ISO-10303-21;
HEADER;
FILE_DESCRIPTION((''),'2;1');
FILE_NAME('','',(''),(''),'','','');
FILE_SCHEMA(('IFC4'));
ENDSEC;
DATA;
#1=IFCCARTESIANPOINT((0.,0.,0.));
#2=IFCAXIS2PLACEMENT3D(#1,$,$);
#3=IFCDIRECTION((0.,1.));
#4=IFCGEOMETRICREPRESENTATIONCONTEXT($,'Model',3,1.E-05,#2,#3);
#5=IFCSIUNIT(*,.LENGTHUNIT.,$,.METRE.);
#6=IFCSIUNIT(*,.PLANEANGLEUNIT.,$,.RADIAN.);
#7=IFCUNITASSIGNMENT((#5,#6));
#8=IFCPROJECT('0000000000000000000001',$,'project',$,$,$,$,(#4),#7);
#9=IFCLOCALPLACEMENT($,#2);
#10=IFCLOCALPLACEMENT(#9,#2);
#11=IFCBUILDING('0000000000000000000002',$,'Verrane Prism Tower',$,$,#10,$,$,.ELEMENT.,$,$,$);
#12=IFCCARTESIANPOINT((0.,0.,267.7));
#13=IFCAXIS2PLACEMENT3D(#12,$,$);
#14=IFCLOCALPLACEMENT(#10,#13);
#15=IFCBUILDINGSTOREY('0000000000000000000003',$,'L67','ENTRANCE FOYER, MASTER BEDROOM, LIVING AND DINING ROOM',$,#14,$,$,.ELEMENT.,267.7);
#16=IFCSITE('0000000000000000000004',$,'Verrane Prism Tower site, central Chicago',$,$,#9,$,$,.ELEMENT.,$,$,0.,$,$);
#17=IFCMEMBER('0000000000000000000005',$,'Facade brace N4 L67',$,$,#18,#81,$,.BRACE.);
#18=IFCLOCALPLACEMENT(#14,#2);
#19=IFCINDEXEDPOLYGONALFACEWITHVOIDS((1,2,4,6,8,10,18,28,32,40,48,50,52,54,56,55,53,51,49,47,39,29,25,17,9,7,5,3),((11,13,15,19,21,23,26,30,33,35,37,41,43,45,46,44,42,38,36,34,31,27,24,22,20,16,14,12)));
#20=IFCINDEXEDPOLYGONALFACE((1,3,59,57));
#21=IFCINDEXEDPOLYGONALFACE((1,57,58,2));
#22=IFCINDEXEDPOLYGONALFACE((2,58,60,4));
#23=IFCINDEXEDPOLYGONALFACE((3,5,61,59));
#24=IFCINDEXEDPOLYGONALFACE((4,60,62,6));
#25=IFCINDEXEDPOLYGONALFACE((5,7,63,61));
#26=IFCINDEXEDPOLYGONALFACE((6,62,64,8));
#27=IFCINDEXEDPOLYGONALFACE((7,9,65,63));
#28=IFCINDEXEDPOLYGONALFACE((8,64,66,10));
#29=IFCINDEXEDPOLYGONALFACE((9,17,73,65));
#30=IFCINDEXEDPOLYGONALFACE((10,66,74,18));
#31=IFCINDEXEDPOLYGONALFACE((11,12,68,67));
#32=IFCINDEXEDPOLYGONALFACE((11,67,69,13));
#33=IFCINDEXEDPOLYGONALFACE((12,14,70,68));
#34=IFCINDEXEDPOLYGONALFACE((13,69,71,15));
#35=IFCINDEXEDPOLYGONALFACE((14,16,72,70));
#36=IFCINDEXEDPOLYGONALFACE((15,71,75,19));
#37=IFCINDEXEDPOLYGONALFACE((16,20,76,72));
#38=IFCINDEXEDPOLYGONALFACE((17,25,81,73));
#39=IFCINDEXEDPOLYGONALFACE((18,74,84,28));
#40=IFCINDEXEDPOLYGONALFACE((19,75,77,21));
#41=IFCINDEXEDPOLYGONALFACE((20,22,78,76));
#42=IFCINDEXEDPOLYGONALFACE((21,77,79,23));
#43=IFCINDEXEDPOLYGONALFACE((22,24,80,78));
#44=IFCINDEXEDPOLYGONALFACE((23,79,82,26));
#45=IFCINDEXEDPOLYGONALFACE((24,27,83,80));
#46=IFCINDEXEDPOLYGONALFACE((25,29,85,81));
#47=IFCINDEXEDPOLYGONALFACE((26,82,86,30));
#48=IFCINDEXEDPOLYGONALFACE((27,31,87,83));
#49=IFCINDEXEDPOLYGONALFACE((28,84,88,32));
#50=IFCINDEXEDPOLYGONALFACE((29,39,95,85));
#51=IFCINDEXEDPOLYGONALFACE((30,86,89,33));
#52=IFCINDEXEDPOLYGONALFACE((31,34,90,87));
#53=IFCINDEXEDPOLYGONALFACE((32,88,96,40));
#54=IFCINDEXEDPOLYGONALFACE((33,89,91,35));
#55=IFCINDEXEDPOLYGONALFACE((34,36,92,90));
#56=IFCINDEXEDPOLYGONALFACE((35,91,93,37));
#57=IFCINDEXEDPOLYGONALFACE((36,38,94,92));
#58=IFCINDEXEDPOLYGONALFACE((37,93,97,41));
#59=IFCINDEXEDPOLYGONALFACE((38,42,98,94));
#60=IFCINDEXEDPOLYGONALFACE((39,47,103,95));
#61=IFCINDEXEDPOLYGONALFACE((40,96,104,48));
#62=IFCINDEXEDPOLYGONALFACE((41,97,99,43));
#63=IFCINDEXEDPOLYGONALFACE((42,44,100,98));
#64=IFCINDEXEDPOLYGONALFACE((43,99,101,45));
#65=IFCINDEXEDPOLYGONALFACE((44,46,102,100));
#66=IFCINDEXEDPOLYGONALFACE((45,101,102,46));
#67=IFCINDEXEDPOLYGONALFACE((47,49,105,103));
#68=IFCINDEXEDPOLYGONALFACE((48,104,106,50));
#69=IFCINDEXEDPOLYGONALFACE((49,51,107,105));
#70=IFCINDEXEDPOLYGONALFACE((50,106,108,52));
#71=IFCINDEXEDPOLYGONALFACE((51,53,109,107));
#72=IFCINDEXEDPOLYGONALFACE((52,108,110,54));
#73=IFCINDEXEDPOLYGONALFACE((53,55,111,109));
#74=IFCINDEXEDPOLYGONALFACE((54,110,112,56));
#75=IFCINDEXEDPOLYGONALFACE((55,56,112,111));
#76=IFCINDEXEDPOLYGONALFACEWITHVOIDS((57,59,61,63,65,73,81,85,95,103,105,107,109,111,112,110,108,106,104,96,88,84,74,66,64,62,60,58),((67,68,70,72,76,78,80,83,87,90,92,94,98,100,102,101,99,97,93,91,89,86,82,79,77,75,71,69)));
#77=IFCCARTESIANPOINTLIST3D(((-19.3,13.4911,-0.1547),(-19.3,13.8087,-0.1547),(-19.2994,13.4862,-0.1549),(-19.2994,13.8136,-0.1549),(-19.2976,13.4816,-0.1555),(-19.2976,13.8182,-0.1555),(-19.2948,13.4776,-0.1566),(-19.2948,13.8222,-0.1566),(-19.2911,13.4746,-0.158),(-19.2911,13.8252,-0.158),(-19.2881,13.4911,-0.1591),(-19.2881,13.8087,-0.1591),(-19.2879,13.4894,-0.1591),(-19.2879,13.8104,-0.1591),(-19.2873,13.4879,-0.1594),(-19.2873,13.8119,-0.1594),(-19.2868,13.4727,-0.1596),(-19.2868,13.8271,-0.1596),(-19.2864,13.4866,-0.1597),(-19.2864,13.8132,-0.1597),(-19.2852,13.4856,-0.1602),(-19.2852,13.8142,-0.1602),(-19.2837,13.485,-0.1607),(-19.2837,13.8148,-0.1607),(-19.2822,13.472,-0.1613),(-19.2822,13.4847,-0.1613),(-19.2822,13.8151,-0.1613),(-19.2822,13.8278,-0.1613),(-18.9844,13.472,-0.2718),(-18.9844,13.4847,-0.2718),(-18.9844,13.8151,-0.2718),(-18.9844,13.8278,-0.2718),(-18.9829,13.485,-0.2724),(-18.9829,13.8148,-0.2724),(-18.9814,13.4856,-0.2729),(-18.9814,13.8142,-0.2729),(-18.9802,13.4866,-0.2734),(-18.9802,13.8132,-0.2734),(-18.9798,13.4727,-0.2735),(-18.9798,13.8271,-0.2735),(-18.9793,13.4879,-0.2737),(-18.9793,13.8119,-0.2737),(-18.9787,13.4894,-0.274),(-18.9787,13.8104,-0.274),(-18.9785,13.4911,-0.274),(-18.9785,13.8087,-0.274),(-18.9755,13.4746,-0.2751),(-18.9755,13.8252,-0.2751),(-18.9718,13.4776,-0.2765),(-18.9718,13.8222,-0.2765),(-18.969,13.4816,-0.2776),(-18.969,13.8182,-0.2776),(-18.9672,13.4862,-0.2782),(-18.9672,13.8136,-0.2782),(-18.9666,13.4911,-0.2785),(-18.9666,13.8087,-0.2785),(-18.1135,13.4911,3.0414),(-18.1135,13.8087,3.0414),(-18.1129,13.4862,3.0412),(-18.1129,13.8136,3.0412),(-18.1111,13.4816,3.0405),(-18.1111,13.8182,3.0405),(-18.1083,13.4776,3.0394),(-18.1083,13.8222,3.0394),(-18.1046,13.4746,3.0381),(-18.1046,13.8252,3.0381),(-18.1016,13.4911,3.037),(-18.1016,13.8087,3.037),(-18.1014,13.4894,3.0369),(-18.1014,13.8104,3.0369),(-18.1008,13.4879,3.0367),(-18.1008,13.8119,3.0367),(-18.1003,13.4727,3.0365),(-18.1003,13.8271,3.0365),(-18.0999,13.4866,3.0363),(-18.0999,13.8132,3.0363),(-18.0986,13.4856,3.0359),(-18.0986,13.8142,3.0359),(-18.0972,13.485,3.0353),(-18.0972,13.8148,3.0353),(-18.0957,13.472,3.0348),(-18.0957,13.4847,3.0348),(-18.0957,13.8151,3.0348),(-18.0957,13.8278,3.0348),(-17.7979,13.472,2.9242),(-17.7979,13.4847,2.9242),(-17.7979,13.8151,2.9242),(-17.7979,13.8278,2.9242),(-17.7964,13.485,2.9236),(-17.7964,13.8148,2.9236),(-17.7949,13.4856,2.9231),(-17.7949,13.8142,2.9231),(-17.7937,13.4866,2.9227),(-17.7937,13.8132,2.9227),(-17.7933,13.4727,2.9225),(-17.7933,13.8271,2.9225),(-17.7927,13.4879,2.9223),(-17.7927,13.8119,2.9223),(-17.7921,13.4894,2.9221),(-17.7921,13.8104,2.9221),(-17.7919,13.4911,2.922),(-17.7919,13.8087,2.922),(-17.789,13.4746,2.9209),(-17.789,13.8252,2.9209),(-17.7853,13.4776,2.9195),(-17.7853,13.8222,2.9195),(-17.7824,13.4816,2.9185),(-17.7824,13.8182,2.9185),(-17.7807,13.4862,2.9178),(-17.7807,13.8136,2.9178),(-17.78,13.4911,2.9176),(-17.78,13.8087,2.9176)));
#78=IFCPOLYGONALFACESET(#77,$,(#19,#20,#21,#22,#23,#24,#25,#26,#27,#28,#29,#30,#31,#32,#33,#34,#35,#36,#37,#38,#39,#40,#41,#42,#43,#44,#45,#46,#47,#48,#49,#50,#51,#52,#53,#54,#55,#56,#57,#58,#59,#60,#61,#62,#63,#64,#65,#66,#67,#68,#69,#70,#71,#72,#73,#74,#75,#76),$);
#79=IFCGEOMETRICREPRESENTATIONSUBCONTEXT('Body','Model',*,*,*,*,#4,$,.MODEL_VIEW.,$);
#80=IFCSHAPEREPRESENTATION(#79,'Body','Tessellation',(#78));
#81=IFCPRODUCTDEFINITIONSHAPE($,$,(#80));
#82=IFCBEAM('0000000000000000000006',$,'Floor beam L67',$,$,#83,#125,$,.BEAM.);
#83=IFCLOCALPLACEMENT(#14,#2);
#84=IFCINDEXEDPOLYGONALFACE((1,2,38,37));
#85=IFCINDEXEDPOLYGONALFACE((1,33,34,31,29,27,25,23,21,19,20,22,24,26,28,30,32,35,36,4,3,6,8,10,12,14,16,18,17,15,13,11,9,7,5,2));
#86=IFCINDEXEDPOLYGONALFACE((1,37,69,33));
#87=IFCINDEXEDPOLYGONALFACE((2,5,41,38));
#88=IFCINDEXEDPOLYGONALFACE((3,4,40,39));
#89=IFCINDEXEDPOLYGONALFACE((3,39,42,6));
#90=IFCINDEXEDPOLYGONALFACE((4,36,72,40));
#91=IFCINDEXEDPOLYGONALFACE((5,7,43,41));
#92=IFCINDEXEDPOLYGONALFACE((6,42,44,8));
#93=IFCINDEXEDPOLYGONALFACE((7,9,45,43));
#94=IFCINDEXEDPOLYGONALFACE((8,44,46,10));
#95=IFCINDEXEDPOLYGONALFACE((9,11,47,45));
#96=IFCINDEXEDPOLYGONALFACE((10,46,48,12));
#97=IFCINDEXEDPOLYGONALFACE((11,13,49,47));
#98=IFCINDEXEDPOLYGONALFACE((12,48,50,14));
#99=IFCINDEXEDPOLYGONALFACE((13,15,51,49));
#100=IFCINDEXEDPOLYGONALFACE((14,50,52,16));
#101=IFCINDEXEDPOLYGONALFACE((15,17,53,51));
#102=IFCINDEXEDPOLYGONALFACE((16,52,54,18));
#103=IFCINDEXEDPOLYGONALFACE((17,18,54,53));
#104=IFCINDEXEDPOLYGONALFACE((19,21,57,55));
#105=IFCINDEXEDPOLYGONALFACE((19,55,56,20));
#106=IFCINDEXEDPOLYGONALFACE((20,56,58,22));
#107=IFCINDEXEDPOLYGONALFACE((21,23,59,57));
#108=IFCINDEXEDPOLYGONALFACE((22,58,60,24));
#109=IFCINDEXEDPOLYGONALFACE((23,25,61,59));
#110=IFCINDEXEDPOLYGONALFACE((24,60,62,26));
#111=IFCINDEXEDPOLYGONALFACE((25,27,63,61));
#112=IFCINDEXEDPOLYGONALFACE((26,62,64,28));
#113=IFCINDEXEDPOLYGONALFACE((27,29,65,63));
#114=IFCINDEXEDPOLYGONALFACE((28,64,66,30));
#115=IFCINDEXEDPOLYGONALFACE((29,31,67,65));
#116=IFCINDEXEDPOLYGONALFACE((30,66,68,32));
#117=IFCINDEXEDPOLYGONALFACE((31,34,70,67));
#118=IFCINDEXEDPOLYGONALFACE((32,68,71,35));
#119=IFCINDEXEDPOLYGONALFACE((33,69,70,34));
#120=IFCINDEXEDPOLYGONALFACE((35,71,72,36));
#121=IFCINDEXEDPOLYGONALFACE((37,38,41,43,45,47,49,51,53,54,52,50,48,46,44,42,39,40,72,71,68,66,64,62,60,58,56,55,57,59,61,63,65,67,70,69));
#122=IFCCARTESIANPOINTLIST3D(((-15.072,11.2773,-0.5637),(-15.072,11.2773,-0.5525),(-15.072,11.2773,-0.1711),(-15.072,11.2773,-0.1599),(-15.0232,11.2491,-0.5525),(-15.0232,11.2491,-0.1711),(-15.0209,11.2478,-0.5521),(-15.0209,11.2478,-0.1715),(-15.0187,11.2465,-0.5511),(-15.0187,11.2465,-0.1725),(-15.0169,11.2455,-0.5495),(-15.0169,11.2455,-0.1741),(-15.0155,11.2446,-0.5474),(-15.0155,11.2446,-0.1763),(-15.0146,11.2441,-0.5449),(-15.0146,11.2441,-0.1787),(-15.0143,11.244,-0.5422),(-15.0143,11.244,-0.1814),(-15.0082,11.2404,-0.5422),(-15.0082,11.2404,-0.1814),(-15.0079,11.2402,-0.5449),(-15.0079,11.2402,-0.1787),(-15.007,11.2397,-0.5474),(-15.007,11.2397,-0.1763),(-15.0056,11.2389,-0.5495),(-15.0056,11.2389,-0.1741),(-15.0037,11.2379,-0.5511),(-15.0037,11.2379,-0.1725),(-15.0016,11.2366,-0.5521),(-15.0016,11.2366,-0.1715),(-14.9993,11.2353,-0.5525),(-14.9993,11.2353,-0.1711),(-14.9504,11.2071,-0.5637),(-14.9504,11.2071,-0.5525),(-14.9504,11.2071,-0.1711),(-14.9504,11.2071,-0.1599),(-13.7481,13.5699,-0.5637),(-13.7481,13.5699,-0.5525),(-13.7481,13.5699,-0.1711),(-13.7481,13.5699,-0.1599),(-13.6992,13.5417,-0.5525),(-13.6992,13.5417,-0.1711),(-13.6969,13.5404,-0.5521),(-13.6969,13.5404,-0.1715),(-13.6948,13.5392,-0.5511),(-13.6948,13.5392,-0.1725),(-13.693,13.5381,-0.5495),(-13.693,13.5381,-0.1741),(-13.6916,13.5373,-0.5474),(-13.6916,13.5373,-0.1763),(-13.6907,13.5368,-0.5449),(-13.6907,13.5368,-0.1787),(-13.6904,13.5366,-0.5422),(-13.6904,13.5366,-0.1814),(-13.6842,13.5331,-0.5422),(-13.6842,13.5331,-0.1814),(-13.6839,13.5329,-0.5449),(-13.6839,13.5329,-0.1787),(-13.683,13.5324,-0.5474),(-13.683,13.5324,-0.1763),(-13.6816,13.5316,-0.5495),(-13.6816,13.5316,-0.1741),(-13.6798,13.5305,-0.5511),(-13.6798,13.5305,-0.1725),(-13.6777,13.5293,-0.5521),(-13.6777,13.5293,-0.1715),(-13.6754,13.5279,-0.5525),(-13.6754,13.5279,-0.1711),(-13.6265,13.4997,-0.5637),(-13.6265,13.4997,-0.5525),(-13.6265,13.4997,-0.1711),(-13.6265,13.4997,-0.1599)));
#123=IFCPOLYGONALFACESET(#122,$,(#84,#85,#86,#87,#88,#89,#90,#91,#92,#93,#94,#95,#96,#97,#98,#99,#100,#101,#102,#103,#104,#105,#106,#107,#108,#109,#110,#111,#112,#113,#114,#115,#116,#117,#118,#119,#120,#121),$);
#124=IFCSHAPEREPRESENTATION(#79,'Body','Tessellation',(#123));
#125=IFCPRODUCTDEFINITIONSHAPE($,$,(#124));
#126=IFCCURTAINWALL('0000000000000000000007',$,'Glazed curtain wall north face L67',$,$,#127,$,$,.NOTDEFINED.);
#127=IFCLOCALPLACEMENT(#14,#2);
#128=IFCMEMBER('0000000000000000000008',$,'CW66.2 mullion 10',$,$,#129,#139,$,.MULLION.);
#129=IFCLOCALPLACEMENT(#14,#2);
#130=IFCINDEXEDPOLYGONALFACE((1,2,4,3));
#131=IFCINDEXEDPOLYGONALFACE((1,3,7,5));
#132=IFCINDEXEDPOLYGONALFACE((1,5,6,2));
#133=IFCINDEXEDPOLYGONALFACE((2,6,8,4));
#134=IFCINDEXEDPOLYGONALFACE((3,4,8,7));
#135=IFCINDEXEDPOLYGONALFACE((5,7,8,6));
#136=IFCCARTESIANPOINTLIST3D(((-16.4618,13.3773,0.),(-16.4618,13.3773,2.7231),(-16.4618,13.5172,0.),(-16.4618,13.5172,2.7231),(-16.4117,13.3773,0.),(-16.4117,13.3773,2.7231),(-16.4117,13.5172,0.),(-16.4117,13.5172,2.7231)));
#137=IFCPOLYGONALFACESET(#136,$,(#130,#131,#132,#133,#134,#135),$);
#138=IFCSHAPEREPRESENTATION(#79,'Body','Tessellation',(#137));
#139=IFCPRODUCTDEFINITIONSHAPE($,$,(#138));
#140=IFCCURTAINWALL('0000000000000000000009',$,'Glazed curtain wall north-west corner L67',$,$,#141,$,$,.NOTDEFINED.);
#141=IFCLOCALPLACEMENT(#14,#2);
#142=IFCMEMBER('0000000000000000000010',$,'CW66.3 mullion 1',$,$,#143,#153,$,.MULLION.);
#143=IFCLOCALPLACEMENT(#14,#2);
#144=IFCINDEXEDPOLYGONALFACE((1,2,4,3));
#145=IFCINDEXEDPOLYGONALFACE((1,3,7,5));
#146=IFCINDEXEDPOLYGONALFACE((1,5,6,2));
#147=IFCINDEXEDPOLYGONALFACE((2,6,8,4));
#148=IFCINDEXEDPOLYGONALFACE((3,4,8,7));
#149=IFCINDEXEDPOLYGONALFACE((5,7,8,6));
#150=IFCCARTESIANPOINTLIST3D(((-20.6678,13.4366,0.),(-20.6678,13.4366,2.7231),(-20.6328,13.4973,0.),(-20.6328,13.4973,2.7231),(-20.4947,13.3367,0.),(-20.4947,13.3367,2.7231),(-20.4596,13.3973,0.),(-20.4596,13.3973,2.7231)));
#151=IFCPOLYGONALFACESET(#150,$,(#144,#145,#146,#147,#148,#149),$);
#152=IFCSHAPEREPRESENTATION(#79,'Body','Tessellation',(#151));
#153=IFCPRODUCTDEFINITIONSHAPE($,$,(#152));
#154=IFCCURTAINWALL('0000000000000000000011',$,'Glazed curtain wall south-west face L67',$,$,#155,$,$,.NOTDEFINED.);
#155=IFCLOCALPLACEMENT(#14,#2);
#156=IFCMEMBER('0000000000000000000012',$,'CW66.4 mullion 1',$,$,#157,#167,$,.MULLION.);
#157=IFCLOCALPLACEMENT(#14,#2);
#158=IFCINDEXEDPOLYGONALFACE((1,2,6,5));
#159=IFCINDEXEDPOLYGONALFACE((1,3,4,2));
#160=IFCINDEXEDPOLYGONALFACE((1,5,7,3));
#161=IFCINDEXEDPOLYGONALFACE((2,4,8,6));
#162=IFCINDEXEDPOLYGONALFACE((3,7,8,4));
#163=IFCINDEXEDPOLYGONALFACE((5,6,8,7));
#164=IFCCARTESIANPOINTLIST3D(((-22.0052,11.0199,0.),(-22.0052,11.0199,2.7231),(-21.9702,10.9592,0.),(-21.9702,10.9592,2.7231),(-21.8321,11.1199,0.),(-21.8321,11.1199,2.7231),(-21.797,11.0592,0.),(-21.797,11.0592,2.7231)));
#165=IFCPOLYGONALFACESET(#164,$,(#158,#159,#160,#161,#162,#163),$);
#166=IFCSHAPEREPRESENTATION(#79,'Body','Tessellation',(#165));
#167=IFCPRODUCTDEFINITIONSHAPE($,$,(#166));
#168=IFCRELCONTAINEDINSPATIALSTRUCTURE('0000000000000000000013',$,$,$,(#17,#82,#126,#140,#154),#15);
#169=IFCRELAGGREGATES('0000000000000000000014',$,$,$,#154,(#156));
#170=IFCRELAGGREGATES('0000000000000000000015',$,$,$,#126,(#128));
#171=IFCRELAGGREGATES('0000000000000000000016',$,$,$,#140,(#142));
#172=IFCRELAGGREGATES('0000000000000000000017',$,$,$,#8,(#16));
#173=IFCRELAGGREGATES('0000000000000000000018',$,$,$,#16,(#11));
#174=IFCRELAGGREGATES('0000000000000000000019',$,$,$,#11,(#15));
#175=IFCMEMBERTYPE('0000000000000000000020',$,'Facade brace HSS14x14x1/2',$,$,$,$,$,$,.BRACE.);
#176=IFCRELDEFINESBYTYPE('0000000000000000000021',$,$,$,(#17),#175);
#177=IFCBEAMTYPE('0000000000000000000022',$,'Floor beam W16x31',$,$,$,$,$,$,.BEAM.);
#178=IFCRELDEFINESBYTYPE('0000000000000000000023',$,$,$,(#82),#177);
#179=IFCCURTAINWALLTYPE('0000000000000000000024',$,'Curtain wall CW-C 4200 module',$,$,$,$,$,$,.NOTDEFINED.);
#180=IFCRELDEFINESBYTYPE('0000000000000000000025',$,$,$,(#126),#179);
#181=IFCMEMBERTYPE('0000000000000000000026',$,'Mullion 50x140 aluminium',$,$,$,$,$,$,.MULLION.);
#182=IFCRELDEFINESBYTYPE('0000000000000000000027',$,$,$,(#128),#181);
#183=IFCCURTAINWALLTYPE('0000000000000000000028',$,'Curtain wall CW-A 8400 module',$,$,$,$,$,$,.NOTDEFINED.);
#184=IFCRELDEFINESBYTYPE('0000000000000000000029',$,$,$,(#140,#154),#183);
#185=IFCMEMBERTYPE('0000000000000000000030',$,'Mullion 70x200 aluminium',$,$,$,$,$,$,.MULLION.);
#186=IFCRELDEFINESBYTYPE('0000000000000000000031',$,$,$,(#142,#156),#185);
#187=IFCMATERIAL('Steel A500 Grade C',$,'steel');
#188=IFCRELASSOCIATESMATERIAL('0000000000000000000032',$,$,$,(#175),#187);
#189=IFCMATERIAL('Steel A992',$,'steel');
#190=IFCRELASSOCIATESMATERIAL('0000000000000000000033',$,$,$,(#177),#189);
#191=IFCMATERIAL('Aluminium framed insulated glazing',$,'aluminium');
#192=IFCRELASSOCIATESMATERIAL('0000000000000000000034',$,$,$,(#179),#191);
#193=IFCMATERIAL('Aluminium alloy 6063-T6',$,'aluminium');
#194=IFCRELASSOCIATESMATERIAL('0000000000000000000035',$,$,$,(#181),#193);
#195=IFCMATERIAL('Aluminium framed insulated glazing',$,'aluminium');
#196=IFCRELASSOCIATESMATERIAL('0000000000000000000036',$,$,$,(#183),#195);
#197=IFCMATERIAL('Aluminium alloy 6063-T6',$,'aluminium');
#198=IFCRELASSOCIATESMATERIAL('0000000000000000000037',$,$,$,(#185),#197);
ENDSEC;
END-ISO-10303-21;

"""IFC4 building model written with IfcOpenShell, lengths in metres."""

from ifc_helpers import new_model, si_unit, direction, frame, origin, origin_2d, place, context, subcontext, project, spatial, rectangle, hollow_rectangle, i_section, extrude, material, material_profile, profile_set, type_object, element, aggregate, save


model = new_model("IFC4")

# Units and contexts
model_context = context("Model", 3, precision=1e-05, world=origin(), true_north=direction((0.0, 1.0)))
body_context = subcontext(model_context, "Body", "Model", "MODEL_VIEW")
ifc_project = project(units=[si_unit("LENGTHUNIT", "METRE"), si_unit("PLANEANGLEUNIT", "RADIAN")], contexts=[model_context])

# Site, building, storey
site_placement = place(None, origin())
site = spatial("IfcSite", under=ifc_project, at=site_placement, Name="Verrane Prism Tower site, central Chicago", CompositionType="ELEMENT", RefElevation=0.0)
building_placement = place(site_placement, origin())
building = spatial("IfcBuilding", under=site, at=building_placement, Name="Verrane Prism Tower", CompositionType="ELEMENT")
storey_placement = place(building_placement, frame((0.0, 0.0, 267.7)))
storey = spatial("IfcBuildingStorey", under=building, at=storey_placement, Name="L67", Description="ENTRANCE FOYER, MASTER BEDROOM, LIVING AND DINING ROOM", CompositionType="ELEMENT", Elevation=267.7)

# Member
ifc_material_1 = material(Name="Steel A500 Grade C", Category="steel")
ifc_material_profile_1 = material_profile(ifc_material_1, hollow_rectangle(XDim=0.3557, YDim=0.3557, WallThickness=0.0127, InnerFilletRadius=0.0063, OuterFilletRadius=0.019, at=origin_2d()), Name="HSS14x14x1/2")
ifc_profile_set_1 = profile_set([ifc_material_profile_1], Name="Steel A500 Grade C")
member_type_1 = type_object("IfcMemberType", Name="Facade brace HSS14x14x1/2", PredefinedType="BRACE", material=ifc_profile_set_1)
member_1_placement = place(storey_placement, frame((-19.1333, 13.6499, -0.2166), z_axis=(0.348037, 0.0, 0.937481), x_axis=(0.0, 1.0, 0.0)))
element("IfcMember", 1, at=member_1_placement, inside=storey, type_object=member_type_1, Name="Facade brace N4 L67", PredefinedType="BRACE", context=body_context, shape_type="SweptSolid", body=[
    extrude(hollow_rectangle(XDim=0.3557, YDim=0.3557, WallThickness=0.0127, InnerFilletRadius=0.0063, OuterFilletRadius=0.019, at=origin_2d()), origin(), (0.0, 0.0, 1.0), 3.4092),
])

# Beam
ifc_material_2 = material(Name="Steel A992", Category="steel")
ifc_material_profile_2 = material_profile(ifc_material_2, i_section(OverallWidth=0.1404, OverallDepth=0.4038, WebThickness=0.0071, FlangeThickness=0.0112, FilletRadius=0.0103, at=origin_2d()), Name="W16x31")
ifc_profile_set_2 = profile_set([ifc_material_profile_2], Name="Steel A992")
beam_type_1 = type_object("IfcBeamType", Name="Floor beam W16x31", PredefinedType="BEAM", material=ifc_profile_set_2)
beam_1_placement = place(storey_placement, frame((-15.0112, 11.2422, -0.3618), z_axis=(0.500076, 0.865981, 0.0), x_axis=(-0.865981, 0.500076, 0.0)))
element("IfcBeam", 2, at=beam_1_placement, inside=storey, type_object=beam_type_1, Name="Floor beam L67", PredefinedType="BEAM", context=body_context, shape_type="SweptSolid", body=[
    extrude(i_section(OverallWidth=0.1404, OverallDepth=0.4038, WebThickness=0.0071, FlangeThickness=0.0112, FilletRadius=0.0103, at=origin_2d()), origin(), (0.0, 0.0, 1.0), 2.6475),
])

# Curtain walls, members
ifc_material_3 = material(Name="Aluminium framed insulated glazing", Category="aluminium")
curtain_wall_type_1 = type_object("IfcCurtainWallType", Name="Curtain wall CW-C 4200 module", PredefinedType="NOTDEFINED", material=ifc_material_3)
curtain_wall_1_placement = place(storey_placement, origin())
curtain_wall_1 = element("IfcCurtainWall", 3, at=curtain_wall_1_placement, inside=storey, type_object=curtain_wall_type_1, Name="Glazed curtain wall north face L67", PredefinedType="NOTDEFINED")
ifc_material_4 = material(Name="Aluminium alloy 6063-T6", Category="aluminium")
ifc_material_profile_3 = material_profile(ifc_material_4, rectangle(XDim=0.1399, YDim=0.05, at=origin_2d()), Name="Mullion 50x140 aluminium")
ifc_profile_set_3 = profile_set([ifc_material_profile_3], Name="Aluminium alloy 6063-T6")
member_type_2 = type_object("IfcMemberType", Name="Mullion 50x140 aluminium", PredefinedType="MULLION", material=ifc_profile_set_3)
member_2_placement = place(storey_placement, frame((-16.4368, 13.4473, 0.0), z_axis=(0.0, 0.0, 1.0), x_axis=(0.0, -1.0, 0.0)))
member_2 = element("IfcMember", 4, at=member_2_placement, type_object=member_type_2, Name="CW66.2 mullion 10", PredefinedType="MULLION", context=body_context, shape_type="SweptSolid", body=[
    extrude(rectangle(XDim=0.1399, YDim=0.05, at=origin_2d()), origin(), (0.0, 0.0, 1.0), 2.7231),
])
ifc_material_5 = material(Name="Aluminium framed insulated glazing", Category="aluminium")
curtain_wall_type_2 = type_object("IfcCurtainWallType", Name="Curtain wall CW-A 8400 module", PredefinedType="NOTDEFINED", material=ifc_material_5)
curtain_wall_2_placement = place(storey_placement, origin())
curtain_wall_2 = element("IfcCurtainWall", 5, at=curtain_wall_2_placement, inside=storey, type_object=curtain_wall_type_2, Name="Glazed curtain wall north-west corner L67", PredefinedType="NOTDEFINED")
ifc_material_6 = material(Name="Aluminium alloy 6063-T6", Category="aluminium")
ifc_material_profile_4 = material_profile(ifc_material_6, rectangle(XDim=0.2, YDim=0.0701, at=origin_2d()), Name="Mullion 70x200 aluminium")
ifc_profile_set_4 = profile_set([ifc_material_profile_4], Name="Aluminium alloy 6063-T6")
member_type_3 = type_object("IfcMemberType", Name="Mullion 70x200 aluminium", PredefinedType="MULLION", material=ifc_profile_set_4)
member_3_placement = place(storey_placement, frame((-20.5637, 13.417, 0.0), z_axis=(0.0, 0.0, 1.0), x_axis=(0.866024, -0.500002, 0.0)))
member_3 = element("IfcMember", 6, at=member_3_placement, type_object=member_type_3, Name="CW66.3 mullion 1", PredefinedType="MULLION", context=body_context, shape_type="SweptSolid", body=[
    extrude(rectangle(XDim=0.2, YDim=0.0701, at=origin_2d()), origin(), (0.0, 0.0, 1.0), 2.7231),
])
curtain_wall_3_placement = place(storey_placement, origin())
curtain_wall_3 = element("IfcCurtainWall", 7, at=curtain_wall_3_placement, inside=storey, type_object=curtain_wall_type_2, Name="Glazed curtain wall south-west face L67", PredefinedType="NOTDEFINED")
member_4_placement = place(storey_placement, frame((-21.9011, 11.0396, 0.0), z_axis=(0.0, 0.0, 1.0), x_axis=(0.866025, 0.500001, 0.0)))
member_4 = element("IfcMember", 8, at=member_4_placement, type_object=member_type_3, Name="CW66.4 mullion 1", PredefinedType="MULLION", context=body_context, shape_type="SweptSolid", body=[
    extrude(rectangle(XDim=0.2, YDim=0.0701, at=origin_2d()), origin(), (0.0, 0.0, 1.0), 2.7231),
])

aggregate(curtain_wall_3, [member_4])

aggregate(curtain_wall_1, [member_2])
aggregate(curtain_wall_2, [member_3])

save(model, "model.ifc")
